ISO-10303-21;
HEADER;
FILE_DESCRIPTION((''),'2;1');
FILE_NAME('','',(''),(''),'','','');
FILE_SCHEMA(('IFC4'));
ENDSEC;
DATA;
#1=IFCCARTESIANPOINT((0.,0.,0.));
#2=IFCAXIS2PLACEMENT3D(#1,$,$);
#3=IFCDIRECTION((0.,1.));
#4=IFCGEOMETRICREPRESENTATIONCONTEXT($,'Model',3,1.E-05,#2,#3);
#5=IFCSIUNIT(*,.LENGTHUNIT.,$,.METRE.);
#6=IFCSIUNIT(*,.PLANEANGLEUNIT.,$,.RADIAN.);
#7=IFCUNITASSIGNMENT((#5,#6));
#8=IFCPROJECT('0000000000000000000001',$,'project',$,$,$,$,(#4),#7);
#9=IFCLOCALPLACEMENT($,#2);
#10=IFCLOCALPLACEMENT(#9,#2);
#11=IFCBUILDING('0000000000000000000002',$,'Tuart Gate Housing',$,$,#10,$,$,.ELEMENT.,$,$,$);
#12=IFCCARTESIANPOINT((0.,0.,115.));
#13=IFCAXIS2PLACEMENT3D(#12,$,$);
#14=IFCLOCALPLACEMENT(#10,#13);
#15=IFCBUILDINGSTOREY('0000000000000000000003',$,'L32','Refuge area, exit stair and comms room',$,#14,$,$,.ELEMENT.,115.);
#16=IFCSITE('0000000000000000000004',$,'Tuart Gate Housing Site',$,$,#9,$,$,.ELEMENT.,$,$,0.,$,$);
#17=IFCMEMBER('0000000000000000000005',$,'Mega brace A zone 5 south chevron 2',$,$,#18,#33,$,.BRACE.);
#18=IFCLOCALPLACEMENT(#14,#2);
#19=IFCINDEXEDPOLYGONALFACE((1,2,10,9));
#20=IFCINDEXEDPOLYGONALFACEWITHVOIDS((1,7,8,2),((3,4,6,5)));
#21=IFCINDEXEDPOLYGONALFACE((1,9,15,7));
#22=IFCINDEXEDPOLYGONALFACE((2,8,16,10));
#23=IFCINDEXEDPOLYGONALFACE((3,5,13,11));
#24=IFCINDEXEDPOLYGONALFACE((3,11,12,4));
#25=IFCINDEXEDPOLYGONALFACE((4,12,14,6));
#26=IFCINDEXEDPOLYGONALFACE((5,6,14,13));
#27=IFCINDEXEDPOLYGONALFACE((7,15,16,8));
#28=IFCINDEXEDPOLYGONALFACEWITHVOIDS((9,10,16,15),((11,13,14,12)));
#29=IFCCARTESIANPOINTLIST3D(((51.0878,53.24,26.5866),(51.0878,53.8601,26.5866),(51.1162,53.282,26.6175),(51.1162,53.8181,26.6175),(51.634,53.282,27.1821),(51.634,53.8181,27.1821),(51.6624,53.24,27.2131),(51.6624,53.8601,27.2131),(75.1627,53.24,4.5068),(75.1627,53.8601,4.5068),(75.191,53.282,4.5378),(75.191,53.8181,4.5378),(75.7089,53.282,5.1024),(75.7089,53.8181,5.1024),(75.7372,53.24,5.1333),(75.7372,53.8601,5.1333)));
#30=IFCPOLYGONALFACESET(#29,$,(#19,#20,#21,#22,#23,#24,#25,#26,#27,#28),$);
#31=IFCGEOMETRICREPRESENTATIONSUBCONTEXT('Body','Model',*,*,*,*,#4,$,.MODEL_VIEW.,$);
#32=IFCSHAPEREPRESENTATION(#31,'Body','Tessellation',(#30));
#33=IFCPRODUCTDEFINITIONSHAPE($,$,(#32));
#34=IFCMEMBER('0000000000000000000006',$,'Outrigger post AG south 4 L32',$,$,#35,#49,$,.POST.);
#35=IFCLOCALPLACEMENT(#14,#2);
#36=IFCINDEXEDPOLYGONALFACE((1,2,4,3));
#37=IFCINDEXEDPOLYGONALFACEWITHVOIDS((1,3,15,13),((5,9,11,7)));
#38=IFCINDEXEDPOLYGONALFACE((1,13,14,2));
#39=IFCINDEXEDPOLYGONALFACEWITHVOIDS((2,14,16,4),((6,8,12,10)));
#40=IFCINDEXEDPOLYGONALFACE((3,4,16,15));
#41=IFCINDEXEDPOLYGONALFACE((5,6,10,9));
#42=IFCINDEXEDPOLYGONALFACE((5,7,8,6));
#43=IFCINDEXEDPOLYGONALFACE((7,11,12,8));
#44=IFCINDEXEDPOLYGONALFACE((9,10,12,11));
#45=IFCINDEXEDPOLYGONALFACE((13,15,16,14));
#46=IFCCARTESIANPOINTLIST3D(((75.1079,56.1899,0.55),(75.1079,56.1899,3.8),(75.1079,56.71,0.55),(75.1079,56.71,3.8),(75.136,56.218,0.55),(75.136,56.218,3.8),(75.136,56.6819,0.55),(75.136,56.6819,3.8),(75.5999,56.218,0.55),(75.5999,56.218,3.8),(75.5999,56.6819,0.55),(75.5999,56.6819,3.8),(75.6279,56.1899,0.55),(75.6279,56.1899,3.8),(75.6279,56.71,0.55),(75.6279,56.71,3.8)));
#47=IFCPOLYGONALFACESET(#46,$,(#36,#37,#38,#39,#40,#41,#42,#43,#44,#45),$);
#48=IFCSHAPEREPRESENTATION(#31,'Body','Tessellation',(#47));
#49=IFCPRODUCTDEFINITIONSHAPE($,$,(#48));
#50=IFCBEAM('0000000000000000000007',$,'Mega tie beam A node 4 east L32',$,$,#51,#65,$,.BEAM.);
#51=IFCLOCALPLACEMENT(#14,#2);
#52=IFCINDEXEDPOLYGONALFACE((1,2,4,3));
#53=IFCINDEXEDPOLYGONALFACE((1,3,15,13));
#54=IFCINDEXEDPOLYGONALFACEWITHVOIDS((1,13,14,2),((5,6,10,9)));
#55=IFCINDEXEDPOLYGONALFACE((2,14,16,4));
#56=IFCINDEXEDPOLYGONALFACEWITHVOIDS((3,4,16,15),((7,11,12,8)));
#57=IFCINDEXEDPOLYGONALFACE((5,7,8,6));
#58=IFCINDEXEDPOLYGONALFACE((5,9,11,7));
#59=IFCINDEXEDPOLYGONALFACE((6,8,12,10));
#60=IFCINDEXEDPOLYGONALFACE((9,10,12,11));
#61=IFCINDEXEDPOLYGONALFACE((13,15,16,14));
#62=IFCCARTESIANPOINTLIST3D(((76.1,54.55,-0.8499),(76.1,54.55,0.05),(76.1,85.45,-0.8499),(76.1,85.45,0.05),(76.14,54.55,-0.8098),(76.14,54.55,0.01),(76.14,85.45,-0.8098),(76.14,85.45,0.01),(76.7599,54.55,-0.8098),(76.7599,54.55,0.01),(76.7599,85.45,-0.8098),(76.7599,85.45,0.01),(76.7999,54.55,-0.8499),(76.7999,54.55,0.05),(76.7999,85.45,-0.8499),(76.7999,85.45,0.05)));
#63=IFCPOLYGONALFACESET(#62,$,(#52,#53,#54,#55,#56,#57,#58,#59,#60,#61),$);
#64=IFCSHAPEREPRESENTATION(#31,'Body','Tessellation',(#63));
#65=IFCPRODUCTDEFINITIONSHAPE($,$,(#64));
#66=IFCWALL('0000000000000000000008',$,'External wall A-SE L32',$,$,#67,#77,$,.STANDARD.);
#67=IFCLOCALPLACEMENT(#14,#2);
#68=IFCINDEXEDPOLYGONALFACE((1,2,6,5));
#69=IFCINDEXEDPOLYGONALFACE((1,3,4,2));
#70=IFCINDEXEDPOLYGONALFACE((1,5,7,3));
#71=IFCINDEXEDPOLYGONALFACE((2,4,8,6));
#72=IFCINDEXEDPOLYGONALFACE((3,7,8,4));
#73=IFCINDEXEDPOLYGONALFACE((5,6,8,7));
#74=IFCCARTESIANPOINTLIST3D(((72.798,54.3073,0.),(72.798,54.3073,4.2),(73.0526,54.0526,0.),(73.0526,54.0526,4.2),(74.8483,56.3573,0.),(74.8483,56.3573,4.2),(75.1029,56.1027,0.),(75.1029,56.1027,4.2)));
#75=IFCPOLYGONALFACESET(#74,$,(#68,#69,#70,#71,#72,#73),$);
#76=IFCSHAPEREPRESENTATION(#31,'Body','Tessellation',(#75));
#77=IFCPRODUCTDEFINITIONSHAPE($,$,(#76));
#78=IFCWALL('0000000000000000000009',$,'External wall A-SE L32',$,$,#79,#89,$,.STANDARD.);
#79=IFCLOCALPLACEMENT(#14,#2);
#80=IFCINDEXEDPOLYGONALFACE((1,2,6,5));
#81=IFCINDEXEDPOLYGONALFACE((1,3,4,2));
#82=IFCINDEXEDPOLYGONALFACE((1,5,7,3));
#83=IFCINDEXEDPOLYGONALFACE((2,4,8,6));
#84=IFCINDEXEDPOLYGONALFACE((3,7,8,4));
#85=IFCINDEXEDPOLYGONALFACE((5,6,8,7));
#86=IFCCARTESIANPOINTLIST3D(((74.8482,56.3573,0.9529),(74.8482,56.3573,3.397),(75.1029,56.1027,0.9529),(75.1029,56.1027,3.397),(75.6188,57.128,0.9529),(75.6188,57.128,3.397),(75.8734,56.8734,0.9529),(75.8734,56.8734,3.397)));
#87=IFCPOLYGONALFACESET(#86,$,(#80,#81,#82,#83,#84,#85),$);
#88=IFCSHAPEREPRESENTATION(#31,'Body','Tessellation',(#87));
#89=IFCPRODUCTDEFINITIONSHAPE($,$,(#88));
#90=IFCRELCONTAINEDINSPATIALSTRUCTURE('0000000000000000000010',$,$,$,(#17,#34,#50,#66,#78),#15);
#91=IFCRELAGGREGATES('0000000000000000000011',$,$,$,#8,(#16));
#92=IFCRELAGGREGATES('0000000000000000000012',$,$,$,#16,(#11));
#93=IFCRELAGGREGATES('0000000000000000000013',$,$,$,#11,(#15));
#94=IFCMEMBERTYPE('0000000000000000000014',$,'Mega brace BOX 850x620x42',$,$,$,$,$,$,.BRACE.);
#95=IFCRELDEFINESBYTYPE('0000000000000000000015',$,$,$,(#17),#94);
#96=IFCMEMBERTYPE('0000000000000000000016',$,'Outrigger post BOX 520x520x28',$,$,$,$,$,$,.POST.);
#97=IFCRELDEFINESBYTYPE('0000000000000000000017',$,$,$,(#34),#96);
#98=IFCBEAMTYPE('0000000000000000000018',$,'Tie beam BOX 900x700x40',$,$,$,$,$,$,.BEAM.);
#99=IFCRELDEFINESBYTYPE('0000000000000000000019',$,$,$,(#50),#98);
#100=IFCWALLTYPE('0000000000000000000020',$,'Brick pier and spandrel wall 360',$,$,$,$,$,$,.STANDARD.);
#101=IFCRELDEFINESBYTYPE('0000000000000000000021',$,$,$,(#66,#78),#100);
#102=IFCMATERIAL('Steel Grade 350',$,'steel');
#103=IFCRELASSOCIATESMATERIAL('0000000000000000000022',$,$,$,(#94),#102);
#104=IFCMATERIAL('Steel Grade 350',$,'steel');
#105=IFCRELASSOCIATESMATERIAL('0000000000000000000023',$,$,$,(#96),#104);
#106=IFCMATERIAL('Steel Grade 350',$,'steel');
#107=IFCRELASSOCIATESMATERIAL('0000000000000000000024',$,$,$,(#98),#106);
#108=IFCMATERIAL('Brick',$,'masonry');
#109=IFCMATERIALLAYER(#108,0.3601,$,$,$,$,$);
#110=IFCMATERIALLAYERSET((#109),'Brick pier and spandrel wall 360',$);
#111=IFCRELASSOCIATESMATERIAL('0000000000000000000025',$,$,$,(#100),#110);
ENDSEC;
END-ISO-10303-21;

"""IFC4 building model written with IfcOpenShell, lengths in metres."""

from ifc_helpers import new_model, si_unit, direction, frame, frame_2d, origin, origin_2d, place, context, subcontext, project, spatial, rectangle, hollow_rectangle, extrude, material, layer, layer_set, material_profile, profile_set, type_object, element, save


model = new_model("IFC4")

# Units and contexts
model_context = context("Model", 3, precision=1e-05, world=origin(), true_north=direction((0.0, 1.0)))
body_context = subcontext(model_context, "Body", "Model", "MODEL_VIEW")
ifc_project = project(units=[si_unit("LENGTHUNIT", "METRE"), si_unit("PLANEANGLEUNIT", "RADIAN")], contexts=[model_context])

# Site, building, storey
site_placement = place(None, origin())
site = spatial("IfcSite", under=ifc_project, at=site_placement, Name="Tuart Gate Housing Site", CompositionType="ELEMENT", RefElevation=0.0)
building_placement = place(site_placement, origin())
building = spatial("IfcBuilding", under=site, at=building_placement, Name="Tuart Gate Housing", CompositionType="ELEMENT")
storey_placement = place(building_placement, frame((0.0, 0.0, 115.0)))
storey = spatial("IfcBuildingStorey", under=building, at=storey_placement, Name="L32", Description="Refuge area, exit stair and comms room", CompositionType="ELEMENT", Elevation=115.0)

# Members
ifc_material_1 = material(Name="Steel Grade 350", Category="steel")
ifc_material_profile_1 = material_profile(ifc_material_1, hollow_rectangle(XDim=0.6201, YDim=0.8501, WallThickness=0.042, at=origin_2d()), Name="BOX 850x620x42")
ifc_profile_set_1 = profile_set([ifc_material_profile_1], Name="Steel Grade 350")
member_type_1 = type_object("IfcMemberType", Name="Mega brace BOX 850x620x42", PredefinedType="BRACE", material=ifc_profile_set_1)
member_1_placement = place(storey_placement, frame((75.45, 53.55, 4.8201), z_axis=(-0.736984, 0.0, 0.67591), x_axis=(0.0, -1.0, 0.0)))
element("IfcMember", 1, at=member_1_placement, inside=storey, type_object=member_type_1, Name="Mega brace A zone 5 south chevron 2", PredefinedType="BRACE", context=body_context, shape_type="SweptSolid", body=[
    extrude(hollow_rectangle(XDim=0.6201, YDim=0.8501, WallThickness=0.042, at=origin_2d()), origin(), (0.0, 0.0, 1.0), 32.6667),
])
ifc_material_2 = material(Name="Steel Grade 350", Category="steel")
ifc_material_profile_2 = material_profile(ifc_material_2, hollow_rectangle(XDim=0.52, YDim=0.52, WallThickness=0.0281, at=origin_2d()), Name="BOX 520x520x28")
ifc_profile_set_2 = profile_set([ifc_material_profile_2], Name="Steel Grade 350")
member_type_2 = type_object("IfcMemberType", Name="Outrigger post BOX 520x520x28", PredefinedType="POST", material=ifc_profile_set_2)
member_2_placement = place(storey_placement, frame((75.3679, 56.45, 0.55), z_axis=(0.0, 0.0, 1.0), x_axis=(1.0, 0.0, 0.0)))
element("IfcMember", 2, at=member_2_placement, inside=storey, type_object=member_type_2, Name="Outrigger post AG south 4 L32", PredefinedType="POST", context=body_context, shape_type="SweptSolid", body=[
    extrude(hollow_rectangle(XDim=0.52, YDim=0.52, WallThickness=0.0281, at=origin_2d()), origin(), (0.0, 0.0, 1.0), 3.25),
])

# Beam
ifc_material_3 = material(Name="Steel Grade 350", Category="steel")
ifc_material_profile_3 = material_profile(ifc_material_3, hollow_rectangle(XDim=0.7, YDim=0.8999, WallThickness=0.04, at=origin_2d()), Name="BOX 900x700x40")
ifc_profile_set_3 = profile_set([ifc_material_profile_3], Name="Steel Grade 350")
beam_type_1 = type_object("IfcBeamType", Name="Tie beam BOX 900x700x40", PredefinedType="BEAM", material=ifc_profile_set_3)
beam_1_placement = place(storey_placement, frame((76.45, 54.55, -0.3999), z_axis=(0.0, 1.0, 0.0), x_axis=(-1.0, 0.0, 0.0)))
element("IfcBeam", 3, at=beam_1_placement, inside=storey, type_object=beam_type_1, Name="Mega tie beam A node 4 east L32", PredefinedType="BEAM", context=body_context, shape_type="SweptSolid", body=[
    extrude(hollow_rectangle(XDim=0.7, YDim=0.8999, WallThickness=0.04, at=origin_2d()), origin(), (0.0, 0.0, 1.0), 30.8999),
])

# Walls
ifc_material_4 = material(Name="Brick", Category="masonry")
ifc_layer = layer(ifc_material_4, 0.3601)
ifc_layer_set = layer_set([ifc_layer], Name="Brick pier and spandrel wall 360")
wall_type = type_object("IfcWallType", Name="Brick pier and spandrel wall 360", PredefinedType="STANDARD", material=ifc_layer_set)
wall_1_placement = place(storey_placement, frame((72.9253, 54.1799, 0.0), z_axis=(0.0, 0.0, 1.0), x_axis=(0.707149, 0.707065, 0.0)))
element("IfcWall", 4, at=wall_1_placement, inside=storey, type_object=wall_type, Name="External wall A-SE L32", PredefinedType="STANDARD", context=body_context, shape_type="SweptSolid", body=[
    extrude(rectangle(XDim=2.8994, YDim=0.3601, at=frame_2d((1.4497, 0.0))), origin(), (0.0, 0.0, 1.0), 4.2),
])
wall_2_placement = place(storey_placement, frame((74.9756, 56.23, 0.9529), z_axis=(0.0, 0.0, 1.0), x_axis=(0.706995, 0.707219, 0.0)))
element("IfcWall", 5, at=wall_2_placement, inside=storey, type_object=wall_type, Name="External wall A-SE L32", PredefinedType="STANDARD", context=body_context, shape_type="SweptSolid", body=[
    extrude(rectangle(XDim=1.0898, YDim=0.3601, at=frame_2d((0.5449, 0.0))), origin(), (0.0, 0.0, 1.0), 2.4441),
])

save(model, "model.ifc")
